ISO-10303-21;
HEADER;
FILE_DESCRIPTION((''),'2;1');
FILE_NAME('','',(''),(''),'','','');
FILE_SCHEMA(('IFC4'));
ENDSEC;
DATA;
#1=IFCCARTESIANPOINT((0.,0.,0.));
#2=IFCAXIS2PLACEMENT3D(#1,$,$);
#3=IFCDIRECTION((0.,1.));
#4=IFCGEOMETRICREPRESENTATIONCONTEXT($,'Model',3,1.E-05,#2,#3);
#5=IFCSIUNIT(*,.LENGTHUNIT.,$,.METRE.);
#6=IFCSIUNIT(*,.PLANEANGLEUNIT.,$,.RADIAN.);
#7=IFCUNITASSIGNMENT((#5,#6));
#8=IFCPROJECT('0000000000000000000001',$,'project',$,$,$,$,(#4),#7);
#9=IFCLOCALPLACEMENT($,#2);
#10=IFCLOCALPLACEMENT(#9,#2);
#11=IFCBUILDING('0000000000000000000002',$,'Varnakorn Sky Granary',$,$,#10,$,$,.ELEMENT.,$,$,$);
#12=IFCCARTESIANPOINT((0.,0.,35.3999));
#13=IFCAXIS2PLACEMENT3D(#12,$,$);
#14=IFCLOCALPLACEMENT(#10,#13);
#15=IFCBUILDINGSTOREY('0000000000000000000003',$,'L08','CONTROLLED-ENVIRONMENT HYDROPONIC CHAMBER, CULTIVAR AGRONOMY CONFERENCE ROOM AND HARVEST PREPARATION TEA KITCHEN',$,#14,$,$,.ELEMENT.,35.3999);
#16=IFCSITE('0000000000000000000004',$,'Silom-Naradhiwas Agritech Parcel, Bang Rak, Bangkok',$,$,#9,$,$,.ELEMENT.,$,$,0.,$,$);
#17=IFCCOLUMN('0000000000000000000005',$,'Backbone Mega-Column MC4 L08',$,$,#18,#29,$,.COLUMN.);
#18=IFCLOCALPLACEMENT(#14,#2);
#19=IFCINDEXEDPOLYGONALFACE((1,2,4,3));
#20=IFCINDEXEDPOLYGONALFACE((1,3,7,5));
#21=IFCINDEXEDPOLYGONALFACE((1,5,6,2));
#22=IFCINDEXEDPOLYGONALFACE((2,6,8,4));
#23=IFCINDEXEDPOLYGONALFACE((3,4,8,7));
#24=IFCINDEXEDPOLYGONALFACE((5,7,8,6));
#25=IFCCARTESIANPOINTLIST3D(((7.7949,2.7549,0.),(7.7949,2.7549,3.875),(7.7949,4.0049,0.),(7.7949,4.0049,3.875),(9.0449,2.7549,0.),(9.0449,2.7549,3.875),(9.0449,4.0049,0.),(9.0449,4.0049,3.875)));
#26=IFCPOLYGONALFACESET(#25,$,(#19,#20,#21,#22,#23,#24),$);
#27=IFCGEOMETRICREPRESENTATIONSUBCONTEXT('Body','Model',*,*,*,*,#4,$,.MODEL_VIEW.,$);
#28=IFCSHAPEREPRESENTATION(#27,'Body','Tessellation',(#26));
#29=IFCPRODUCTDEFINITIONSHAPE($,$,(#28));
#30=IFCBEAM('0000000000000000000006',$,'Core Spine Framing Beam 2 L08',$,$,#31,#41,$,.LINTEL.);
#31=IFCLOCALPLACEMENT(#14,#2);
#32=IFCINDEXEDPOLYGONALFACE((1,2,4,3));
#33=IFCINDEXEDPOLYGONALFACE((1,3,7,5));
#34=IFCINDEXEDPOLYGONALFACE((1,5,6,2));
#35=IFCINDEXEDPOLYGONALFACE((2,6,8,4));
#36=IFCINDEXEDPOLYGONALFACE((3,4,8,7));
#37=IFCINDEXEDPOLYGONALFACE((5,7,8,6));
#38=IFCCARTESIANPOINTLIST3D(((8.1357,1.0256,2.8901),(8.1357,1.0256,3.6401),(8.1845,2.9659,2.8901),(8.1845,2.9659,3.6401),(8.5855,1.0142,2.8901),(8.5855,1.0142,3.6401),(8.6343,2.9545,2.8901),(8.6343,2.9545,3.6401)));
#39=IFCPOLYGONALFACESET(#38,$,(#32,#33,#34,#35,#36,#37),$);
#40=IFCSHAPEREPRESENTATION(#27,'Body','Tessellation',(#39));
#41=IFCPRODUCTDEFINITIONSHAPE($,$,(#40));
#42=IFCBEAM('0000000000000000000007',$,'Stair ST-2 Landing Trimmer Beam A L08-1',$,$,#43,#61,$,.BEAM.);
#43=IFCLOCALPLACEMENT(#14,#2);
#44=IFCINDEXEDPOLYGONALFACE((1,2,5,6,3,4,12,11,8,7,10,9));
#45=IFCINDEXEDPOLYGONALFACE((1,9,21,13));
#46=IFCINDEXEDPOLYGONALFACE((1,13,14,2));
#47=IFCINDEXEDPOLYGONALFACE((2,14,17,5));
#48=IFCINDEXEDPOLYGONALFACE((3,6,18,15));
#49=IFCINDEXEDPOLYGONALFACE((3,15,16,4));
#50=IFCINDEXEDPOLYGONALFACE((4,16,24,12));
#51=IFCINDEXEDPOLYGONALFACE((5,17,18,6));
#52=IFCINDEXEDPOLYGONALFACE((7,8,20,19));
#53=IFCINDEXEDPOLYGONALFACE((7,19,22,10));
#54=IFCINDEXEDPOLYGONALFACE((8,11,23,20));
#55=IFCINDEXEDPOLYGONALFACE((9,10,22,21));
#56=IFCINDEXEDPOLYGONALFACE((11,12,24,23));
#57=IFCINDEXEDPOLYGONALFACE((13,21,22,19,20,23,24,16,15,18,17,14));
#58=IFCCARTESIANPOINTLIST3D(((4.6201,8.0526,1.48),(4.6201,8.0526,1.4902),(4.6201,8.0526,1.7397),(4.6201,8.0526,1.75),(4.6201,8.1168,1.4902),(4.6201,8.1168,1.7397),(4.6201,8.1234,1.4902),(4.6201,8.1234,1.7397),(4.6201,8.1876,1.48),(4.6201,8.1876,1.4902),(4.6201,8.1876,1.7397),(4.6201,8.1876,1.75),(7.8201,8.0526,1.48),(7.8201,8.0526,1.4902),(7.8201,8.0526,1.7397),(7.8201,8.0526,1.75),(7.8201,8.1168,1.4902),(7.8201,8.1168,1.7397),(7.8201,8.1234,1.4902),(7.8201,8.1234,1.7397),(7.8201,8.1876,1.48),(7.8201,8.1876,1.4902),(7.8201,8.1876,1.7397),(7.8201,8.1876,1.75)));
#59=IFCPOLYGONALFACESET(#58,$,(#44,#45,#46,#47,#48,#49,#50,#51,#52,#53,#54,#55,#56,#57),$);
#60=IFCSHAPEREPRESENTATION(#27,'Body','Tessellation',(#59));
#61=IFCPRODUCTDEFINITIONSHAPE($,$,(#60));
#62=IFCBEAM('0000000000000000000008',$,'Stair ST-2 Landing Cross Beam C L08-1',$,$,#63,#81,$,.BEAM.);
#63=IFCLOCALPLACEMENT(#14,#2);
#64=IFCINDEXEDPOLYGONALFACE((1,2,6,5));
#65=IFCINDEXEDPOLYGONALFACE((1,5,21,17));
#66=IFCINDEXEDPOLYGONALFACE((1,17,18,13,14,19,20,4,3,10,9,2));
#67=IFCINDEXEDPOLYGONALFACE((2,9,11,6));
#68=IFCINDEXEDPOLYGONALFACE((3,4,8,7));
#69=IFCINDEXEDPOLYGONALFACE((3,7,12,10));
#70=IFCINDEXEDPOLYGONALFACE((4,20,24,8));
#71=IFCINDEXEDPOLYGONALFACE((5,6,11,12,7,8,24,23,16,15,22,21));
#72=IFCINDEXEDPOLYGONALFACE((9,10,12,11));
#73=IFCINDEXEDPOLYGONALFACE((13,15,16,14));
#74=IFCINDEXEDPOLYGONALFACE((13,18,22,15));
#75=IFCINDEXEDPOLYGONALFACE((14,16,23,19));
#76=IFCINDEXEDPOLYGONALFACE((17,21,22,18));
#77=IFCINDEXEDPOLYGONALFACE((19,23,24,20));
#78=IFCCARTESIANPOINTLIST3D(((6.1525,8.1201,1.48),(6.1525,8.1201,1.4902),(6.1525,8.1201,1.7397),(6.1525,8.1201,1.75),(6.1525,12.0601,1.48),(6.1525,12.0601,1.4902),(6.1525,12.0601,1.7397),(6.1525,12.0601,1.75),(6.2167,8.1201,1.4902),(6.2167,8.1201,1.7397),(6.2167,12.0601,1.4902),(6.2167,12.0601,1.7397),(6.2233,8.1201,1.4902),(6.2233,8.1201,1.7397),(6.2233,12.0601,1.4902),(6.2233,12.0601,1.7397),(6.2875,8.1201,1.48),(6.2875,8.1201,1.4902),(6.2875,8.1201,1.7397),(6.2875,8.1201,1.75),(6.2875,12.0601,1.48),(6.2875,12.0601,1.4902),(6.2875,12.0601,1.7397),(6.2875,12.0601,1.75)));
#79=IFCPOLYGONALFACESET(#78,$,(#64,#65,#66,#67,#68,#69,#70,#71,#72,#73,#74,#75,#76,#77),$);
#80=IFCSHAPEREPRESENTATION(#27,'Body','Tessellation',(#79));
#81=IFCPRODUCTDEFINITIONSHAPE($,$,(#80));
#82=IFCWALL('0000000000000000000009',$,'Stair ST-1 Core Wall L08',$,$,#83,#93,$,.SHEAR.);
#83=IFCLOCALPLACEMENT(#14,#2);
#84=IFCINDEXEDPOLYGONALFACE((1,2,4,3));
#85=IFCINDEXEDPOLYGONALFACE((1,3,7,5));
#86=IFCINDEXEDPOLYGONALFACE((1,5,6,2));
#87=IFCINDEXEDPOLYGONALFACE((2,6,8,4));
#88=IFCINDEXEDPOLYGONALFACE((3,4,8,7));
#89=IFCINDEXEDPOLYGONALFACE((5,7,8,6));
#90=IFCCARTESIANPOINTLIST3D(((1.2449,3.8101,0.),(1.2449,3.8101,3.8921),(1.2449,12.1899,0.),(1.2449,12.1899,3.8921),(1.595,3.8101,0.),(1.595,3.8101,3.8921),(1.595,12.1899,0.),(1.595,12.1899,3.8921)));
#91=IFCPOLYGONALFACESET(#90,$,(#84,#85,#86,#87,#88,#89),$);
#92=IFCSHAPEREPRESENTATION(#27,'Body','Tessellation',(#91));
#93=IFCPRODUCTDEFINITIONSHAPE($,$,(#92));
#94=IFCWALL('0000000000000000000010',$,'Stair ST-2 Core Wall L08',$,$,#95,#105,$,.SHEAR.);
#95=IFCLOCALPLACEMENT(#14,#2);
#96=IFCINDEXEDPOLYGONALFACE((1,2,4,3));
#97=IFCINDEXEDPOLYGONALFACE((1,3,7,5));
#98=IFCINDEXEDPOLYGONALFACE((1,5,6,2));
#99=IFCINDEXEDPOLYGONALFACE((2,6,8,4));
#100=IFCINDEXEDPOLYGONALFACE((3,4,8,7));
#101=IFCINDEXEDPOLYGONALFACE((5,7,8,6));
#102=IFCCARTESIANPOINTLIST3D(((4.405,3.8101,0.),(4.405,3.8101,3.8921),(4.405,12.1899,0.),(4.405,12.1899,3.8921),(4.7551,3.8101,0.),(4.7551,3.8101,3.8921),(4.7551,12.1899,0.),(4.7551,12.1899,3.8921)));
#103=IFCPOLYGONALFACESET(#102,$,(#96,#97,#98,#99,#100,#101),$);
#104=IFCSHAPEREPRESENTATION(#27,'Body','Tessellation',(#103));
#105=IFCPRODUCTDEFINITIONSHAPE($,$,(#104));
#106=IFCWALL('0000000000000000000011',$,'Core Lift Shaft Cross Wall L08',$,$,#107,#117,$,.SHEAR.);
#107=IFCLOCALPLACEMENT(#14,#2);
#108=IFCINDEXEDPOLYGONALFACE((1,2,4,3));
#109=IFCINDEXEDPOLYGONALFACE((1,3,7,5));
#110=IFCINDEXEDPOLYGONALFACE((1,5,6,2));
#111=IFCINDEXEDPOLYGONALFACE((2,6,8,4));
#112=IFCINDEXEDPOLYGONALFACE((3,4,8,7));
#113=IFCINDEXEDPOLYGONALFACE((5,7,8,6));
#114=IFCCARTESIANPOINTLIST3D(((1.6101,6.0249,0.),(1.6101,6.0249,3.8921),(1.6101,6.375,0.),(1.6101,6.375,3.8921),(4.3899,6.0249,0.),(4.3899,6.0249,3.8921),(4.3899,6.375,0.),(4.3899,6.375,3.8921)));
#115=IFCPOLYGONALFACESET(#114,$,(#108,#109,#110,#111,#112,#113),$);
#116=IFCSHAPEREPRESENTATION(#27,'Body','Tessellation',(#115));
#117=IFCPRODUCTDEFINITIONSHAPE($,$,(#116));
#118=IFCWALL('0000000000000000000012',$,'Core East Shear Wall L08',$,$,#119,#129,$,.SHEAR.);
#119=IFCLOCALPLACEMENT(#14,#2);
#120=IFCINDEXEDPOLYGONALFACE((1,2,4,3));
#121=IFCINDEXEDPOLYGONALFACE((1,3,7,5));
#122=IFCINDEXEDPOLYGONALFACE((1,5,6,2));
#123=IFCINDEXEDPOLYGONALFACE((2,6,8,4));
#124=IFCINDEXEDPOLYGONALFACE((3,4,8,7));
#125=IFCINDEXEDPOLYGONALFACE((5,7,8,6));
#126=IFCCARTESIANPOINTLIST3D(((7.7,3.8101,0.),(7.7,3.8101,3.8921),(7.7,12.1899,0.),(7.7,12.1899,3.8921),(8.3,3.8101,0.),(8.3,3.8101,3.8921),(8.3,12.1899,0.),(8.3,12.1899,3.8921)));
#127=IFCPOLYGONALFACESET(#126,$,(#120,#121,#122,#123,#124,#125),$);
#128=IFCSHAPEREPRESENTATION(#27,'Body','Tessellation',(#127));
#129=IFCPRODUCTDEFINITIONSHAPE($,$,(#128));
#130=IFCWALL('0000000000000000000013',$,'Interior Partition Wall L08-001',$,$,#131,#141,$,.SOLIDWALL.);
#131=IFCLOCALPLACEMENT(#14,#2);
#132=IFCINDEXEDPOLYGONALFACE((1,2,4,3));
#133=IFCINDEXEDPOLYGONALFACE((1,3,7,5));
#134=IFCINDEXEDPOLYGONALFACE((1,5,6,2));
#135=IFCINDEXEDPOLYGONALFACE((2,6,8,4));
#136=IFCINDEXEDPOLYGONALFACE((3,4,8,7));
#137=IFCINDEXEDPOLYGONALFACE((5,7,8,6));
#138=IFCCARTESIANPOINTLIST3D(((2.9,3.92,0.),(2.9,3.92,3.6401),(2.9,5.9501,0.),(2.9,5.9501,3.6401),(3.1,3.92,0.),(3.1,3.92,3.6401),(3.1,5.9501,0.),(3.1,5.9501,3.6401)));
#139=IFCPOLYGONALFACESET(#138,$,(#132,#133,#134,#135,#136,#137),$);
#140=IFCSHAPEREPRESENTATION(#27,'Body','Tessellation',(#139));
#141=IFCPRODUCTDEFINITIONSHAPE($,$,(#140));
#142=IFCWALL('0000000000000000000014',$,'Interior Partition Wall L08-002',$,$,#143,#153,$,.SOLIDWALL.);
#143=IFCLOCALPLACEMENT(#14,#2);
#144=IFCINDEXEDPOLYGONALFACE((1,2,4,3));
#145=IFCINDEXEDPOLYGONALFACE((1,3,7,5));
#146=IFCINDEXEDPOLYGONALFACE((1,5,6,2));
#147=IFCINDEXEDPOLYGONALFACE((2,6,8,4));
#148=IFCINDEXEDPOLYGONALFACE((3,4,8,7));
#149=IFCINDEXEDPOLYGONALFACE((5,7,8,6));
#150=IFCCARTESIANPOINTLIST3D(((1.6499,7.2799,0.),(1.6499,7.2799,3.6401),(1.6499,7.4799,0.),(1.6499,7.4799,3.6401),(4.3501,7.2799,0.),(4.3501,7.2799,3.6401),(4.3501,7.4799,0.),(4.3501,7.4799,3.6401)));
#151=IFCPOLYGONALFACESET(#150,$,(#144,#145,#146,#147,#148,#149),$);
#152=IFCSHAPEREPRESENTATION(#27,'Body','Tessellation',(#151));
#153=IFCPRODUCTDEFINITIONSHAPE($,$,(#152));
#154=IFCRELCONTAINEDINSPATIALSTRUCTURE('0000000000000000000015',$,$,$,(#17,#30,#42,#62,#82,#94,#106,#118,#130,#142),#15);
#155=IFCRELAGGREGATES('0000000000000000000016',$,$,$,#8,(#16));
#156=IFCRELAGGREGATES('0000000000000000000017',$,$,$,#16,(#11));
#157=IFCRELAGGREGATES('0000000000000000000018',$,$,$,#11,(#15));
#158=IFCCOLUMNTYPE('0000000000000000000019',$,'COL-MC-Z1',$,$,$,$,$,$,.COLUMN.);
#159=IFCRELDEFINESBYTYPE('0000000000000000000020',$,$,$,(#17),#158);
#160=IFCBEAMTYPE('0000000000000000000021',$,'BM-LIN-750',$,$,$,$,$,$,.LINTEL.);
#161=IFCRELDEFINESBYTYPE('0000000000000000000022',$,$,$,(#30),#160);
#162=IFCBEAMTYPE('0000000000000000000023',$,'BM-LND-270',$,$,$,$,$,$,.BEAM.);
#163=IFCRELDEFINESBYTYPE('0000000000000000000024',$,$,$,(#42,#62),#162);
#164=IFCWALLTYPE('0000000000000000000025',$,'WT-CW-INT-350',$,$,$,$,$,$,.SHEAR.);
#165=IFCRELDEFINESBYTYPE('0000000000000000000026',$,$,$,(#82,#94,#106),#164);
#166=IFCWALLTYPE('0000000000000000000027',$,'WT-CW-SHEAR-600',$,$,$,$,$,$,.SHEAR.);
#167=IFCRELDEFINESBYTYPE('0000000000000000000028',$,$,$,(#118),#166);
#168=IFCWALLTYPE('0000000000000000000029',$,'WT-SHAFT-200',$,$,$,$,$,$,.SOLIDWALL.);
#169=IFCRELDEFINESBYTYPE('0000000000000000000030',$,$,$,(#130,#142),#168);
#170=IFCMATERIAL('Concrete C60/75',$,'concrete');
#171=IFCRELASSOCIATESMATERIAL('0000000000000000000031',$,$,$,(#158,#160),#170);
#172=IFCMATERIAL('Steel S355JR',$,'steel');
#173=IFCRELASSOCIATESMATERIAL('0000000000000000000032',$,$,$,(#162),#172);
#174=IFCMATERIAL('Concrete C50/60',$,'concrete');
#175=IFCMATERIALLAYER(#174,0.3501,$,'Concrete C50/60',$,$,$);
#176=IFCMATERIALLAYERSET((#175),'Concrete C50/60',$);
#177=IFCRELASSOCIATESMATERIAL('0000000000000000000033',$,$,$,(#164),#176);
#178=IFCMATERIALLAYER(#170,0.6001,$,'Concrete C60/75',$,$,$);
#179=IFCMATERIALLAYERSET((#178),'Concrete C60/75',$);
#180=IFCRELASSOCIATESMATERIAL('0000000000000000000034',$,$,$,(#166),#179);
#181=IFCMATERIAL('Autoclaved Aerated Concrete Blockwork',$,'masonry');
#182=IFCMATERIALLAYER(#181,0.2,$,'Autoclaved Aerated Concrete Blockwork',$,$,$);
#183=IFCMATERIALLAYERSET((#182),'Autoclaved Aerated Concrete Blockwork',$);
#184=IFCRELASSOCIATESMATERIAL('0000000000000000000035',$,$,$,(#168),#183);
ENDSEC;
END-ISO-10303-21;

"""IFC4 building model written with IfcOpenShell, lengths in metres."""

from ifc_helpers import new_model, si_unit, direction, frame, frame_2d, origin, origin_2d, place, context, subcontext, project, spatial, rectangle, i_section, extrude, material, layer, layer_set, material_profile, profile_set, type_object, element, save


model = new_model("IFC4")

# Units and contexts
model_context = context("Model", 3, precision=1e-05, world=origin(), true_north=direction((0.0, 1.0)))
body_context = subcontext(model_context, "Body", "Model", "MODEL_VIEW")
ifc_project = project(units=[si_unit("LENGTHUNIT", "METRE"), si_unit("PLANEANGLEUNIT", "RADIAN")], contexts=[model_context])

# Site, building, storey
site_placement = place(None, origin())
site = spatial("IfcSite", under=ifc_project, at=site_placement, Name="Silom-Naradhiwas Agritech Parcel, Bang Rak, Bangkok", CompositionType="ELEMENT", RefElevation=0.0)
building_placement = place(site_placement, origin())
building = spatial("IfcBuilding", under=site, at=building_placement, Name="Varnakorn Sky Granary", CompositionType="ELEMENT")
storey_placement = place(building_placement, frame((0.0, 0.0, 35.3999)))
storey = spatial("IfcBuildingStorey", under=building, at=storey_placement, Name="L08", Description="CONTROLLED-ENVIRONMENT HYDROPONIC CHAMBER, CULTIVAR AGRONOMY CONFERENCE ROOM AND HARVEST PREPARATION TEA KITCHEN", CompositionType="ELEMENT", Elevation=35.3999)

# Column
ifc_material_1 = material(Name="Concrete C60/75", Category="concrete")
ifc_material_profile_1 = material_profile(ifc_material_1, rectangle(XDim=1.25, YDim=1.25, at=origin_2d()), Name="RC 1250x1250")
ifc_profile_set_1 = profile_set([ifc_material_profile_1], Name="Concrete C60/75")
column_type = type_object("IfcColumnType", Name="COL-MC-Z1", PredefinedType="COLUMN", material=ifc_profile_set_1)
column_placement = place(storey_placement, frame((8.4199, 3.3799, 0.0), z_axis=(0.0, 0.0, 1.0), x_axis=(1.0, 0.0, 0.0)))
element("IfcColumn", 1, at=column_placement, inside=storey, type_object=column_type, Name="Backbone Mega-Column MC4 L08", PredefinedType="COLUMN", context=body_context, shape_type="SweptSolid", body=[
    extrude(rectangle(XDim=1.25, YDim=1.25, at=origin_2d()), origin(), (0.0, 0.0, 1.0), 3.875),
])

# Beams
ifc_material_profile_2 = material_profile(ifc_material_1, rectangle(XDim=0.45, YDim=0.75, at=origin_2d()), Name="RC 450x750")
ifc_profile_set_2 = profile_set([ifc_material_profile_2], Name="Concrete C60/75")
beam_type_1 = type_object("IfcBeamType", Name="BM-LIN-750", PredefinedType="LINTEL", material=ifc_profile_set_2)
beam_1_placement = place(storey_placement, frame((8.4094, 2.9602, 3.2651), z_axis=(-0.025159, -0.999683, 0.0), x_axis=(0.999683, -0.025159, 0.0)))
element("IfcBeam", 2, at=beam_1_placement, inside=storey, type_object=beam_type_1, Name="Core Spine Framing Beam 2 L08", PredefinedType="LINTEL", context=body_context, shape_type="SweptSolid", body=[
    extrude(rectangle(XDim=0.45, YDim=0.75, at=origin_2d()), origin(), (0.0, 0.0, 1.0), 1.9409),
])
ifc_material_2 = material(Name="Steel S355JR", Category="steel")
ifc_material_profile_3 = material_profile(ifc_material_2, i_section(OverallWidth=0.135, OverallDepth=0.27, WebThickness=0.0066, FlangeThickness=0.0103, at=origin_2d()), Name="IPE 270")
ifc_profile_set_3 = profile_set([ifc_material_profile_3], Name="Steel S355JR")
beam_type_2 = type_object("IfcBeamType", Name="BM-LND-270", PredefinedType="BEAM", material=ifc_profile_set_3)
beam_2_placement = place(storey_placement, frame((4.6201, 8.1201, 1.615), z_axis=(1.0, 0.0, 0.0), x_axis=(0.0, 1.0, 0.0)))
element("IfcBeam", 3, at=beam_2_placement, inside=storey, type_object=beam_type_2, Name="Stair ST-2 Landing Trimmer Beam A L08-1", PredefinedType="BEAM", context=body_context, shape_type="SweptSolid", body=[
    extrude(i_section(OverallWidth=0.135, OverallDepth=0.27, WebThickness=0.0066, FlangeThickness=0.0103, at=origin_2d()), origin(), (0.0, 0.0, 1.0), 3.2),
])
beam_3_placement = place(storey_placement, frame((6.22, 8.1201, 1.615), z_axis=(0.0, 1.0, 0.0), x_axis=(-1.0, 0.0, 0.0)))
element("IfcBeam", 4, at=beam_3_placement, inside=storey, type_object=beam_type_2, Name="Stair ST-2 Landing Cross Beam C L08-1", PredefinedType="BEAM", context=body_context, shape_type="SweptSolid", body=[
    extrude(i_section(OverallWidth=0.135, OverallDepth=0.27, WebThickness=0.0066, FlangeThickness=0.0103, at=origin_2d()), origin(), (0.0, 0.0, 1.0), 3.9399),
])

# Walls
ifc_material_3 = material(Name="Concrete C50/60", Category="concrete")
ifc_layer_1 = layer(ifc_material_3, 0.3501, Name="Concrete C50/60")
ifc_layer_set_1 = layer_set([ifc_layer_1], Name="Concrete C50/60")
wall_type_1 = type_object("IfcWallType", Name="WT-CW-INT-350", PredefinedType="SHEAR", material=ifc_layer_set_1)
for number, where, z_axis, x_axis, name in (
    (5, (1.4199, 3.8101, 0.0), (0.0, 0.0, 1.0), (0.0, 1.0, 0.0), "Stair ST-1 Core Wall L08"),
    (6, (4.5801, 3.8101, 0.0), (0.0, 0.0, 1.0), (0.0, 1.0, 0.0), "Stair ST-2 Core Wall L08"),
):
    element("IfcWall", number, at=place(storey_placement, frame(where, z_axis=z_axis, x_axis=x_axis)), inside=storey, type_object=wall_type_1, Name=name, PredefinedType="SHEAR", context=body_context, shape_type="SweptSolid", body=[
        extrude(rectangle(XDim=8.3799, YDim=0.3501, at=frame_2d((4.1899, 0.0))), origin(), (0.0, 0.0, 1.0), 3.8921),
    ])
wall_1_placement = place(storey_placement, frame((1.6101, 6.2, 0.0), z_axis=(0.0, 0.0, 1.0), x_axis=(1.0, 0.0, 0.0)))
element("IfcWall", 7, at=wall_1_placement, inside=storey, type_object=wall_type_1, Name="Core Lift Shaft Cross Wall L08", PredefinedType="SHEAR", context=body_context, shape_type="SweptSolid", body=[
    extrude(rectangle(XDim=2.7798, YDim=0.3501, at=frame_2d((1.3899, 0.0))), origin(), (0.0, 0.0, 1.0), 3.8921),
])
ifc_layer_2 = layer(ifc_material_1, 0.6001, Name="Concrete C60/75")
ifc_layer_set_2 = layer_set([ifc_layer_2], Name="Concrete C60/75")
wall_type_2 = type_object("IfcWallType", Name="WT-CW-SHEAR-600", PredefinedType="SHEAR", material=ifc_layer_set_2)
wall_2_placement = place(storey_placement, frame((8.0, 3.8101, 0.0), z_axis=(0.0, 0.0, 1.0), x_axis=(0.0, 1.0, 0.0)))
element("IfcWall", 8, at=wall_2_placement, inside=storey, type_object=wall_type_2, Name="Core East Shear Wall L08", PredefinedType="SHEAR", context=body_context, shape_type="SweptSolid", body=[
    extrude(rectangle(XDim=8.3799, YDim=0.6001, at=frame_2d((4.1899, 0.0))), origin(), (0.0, 0.0, 1.0), 3.8921),
])
ifc_material_4 = material(Name="Autoclaved Aerated Concrete Blockwork", Category="masonry")
ifc_layer_3 = layer(ifc_material_4, 0.2, Name="Autoclaved Aerated Concrete Blockwork")
ifc_layer_set_3 = layer_set([ifc_layer_3], Name="Autoclaved Aerated Concrete Blockwork")
wall_type_3 = type_object("IfcWallType", Name="WT-SHAFT-200", PredefinedType="SOLIDWALL", material=ifc_layer_set_3)
wall_3_placement = place(storey_placement, frame((3.0, 3.9199, 0.0), z_axis=(0.0, 0.0, 1.0), x_axis=(0.0, 1.0, 0.0)))
element("IfcWall", 9, at=wall_3_placement, inside=storey, type_object=wall_type_3, Name="Interior Partition Wall L08-001", PredefinedType="SOLIDWALL", context=body_context, shape_type="SweptSolid", body=[
    extrude(rectangle(XDim=2.03, YDim=0.2, at=frame_2d((1.0151, 0.0))), origin(), (0.0, 0.0, 1.0), 3.6401),
])
wall_4_placement = place(storey_placement, frame((1.6499, 7.3799, 0.0), z_axis=(0.0, 0.0, 1.0), x_axis=(1.0, 0.0, 0.0)))
element("IfcWall", 10, at=wall_4_placement, inside=storey, type_object=wall_type_3, Name="Interior Partition Wall L08-002", PredefinedType="SOLIDWALL", context=body_context, shape_type="SweptSolid", body=[
    extrude(rectangle(XDim=2.7002, YDim=0.2, at=frame_2d((1.3501, 0.0))), origin(), (0.0, 0.0, 1.0), 3.6401),
])

save(model, "model.ifc")
